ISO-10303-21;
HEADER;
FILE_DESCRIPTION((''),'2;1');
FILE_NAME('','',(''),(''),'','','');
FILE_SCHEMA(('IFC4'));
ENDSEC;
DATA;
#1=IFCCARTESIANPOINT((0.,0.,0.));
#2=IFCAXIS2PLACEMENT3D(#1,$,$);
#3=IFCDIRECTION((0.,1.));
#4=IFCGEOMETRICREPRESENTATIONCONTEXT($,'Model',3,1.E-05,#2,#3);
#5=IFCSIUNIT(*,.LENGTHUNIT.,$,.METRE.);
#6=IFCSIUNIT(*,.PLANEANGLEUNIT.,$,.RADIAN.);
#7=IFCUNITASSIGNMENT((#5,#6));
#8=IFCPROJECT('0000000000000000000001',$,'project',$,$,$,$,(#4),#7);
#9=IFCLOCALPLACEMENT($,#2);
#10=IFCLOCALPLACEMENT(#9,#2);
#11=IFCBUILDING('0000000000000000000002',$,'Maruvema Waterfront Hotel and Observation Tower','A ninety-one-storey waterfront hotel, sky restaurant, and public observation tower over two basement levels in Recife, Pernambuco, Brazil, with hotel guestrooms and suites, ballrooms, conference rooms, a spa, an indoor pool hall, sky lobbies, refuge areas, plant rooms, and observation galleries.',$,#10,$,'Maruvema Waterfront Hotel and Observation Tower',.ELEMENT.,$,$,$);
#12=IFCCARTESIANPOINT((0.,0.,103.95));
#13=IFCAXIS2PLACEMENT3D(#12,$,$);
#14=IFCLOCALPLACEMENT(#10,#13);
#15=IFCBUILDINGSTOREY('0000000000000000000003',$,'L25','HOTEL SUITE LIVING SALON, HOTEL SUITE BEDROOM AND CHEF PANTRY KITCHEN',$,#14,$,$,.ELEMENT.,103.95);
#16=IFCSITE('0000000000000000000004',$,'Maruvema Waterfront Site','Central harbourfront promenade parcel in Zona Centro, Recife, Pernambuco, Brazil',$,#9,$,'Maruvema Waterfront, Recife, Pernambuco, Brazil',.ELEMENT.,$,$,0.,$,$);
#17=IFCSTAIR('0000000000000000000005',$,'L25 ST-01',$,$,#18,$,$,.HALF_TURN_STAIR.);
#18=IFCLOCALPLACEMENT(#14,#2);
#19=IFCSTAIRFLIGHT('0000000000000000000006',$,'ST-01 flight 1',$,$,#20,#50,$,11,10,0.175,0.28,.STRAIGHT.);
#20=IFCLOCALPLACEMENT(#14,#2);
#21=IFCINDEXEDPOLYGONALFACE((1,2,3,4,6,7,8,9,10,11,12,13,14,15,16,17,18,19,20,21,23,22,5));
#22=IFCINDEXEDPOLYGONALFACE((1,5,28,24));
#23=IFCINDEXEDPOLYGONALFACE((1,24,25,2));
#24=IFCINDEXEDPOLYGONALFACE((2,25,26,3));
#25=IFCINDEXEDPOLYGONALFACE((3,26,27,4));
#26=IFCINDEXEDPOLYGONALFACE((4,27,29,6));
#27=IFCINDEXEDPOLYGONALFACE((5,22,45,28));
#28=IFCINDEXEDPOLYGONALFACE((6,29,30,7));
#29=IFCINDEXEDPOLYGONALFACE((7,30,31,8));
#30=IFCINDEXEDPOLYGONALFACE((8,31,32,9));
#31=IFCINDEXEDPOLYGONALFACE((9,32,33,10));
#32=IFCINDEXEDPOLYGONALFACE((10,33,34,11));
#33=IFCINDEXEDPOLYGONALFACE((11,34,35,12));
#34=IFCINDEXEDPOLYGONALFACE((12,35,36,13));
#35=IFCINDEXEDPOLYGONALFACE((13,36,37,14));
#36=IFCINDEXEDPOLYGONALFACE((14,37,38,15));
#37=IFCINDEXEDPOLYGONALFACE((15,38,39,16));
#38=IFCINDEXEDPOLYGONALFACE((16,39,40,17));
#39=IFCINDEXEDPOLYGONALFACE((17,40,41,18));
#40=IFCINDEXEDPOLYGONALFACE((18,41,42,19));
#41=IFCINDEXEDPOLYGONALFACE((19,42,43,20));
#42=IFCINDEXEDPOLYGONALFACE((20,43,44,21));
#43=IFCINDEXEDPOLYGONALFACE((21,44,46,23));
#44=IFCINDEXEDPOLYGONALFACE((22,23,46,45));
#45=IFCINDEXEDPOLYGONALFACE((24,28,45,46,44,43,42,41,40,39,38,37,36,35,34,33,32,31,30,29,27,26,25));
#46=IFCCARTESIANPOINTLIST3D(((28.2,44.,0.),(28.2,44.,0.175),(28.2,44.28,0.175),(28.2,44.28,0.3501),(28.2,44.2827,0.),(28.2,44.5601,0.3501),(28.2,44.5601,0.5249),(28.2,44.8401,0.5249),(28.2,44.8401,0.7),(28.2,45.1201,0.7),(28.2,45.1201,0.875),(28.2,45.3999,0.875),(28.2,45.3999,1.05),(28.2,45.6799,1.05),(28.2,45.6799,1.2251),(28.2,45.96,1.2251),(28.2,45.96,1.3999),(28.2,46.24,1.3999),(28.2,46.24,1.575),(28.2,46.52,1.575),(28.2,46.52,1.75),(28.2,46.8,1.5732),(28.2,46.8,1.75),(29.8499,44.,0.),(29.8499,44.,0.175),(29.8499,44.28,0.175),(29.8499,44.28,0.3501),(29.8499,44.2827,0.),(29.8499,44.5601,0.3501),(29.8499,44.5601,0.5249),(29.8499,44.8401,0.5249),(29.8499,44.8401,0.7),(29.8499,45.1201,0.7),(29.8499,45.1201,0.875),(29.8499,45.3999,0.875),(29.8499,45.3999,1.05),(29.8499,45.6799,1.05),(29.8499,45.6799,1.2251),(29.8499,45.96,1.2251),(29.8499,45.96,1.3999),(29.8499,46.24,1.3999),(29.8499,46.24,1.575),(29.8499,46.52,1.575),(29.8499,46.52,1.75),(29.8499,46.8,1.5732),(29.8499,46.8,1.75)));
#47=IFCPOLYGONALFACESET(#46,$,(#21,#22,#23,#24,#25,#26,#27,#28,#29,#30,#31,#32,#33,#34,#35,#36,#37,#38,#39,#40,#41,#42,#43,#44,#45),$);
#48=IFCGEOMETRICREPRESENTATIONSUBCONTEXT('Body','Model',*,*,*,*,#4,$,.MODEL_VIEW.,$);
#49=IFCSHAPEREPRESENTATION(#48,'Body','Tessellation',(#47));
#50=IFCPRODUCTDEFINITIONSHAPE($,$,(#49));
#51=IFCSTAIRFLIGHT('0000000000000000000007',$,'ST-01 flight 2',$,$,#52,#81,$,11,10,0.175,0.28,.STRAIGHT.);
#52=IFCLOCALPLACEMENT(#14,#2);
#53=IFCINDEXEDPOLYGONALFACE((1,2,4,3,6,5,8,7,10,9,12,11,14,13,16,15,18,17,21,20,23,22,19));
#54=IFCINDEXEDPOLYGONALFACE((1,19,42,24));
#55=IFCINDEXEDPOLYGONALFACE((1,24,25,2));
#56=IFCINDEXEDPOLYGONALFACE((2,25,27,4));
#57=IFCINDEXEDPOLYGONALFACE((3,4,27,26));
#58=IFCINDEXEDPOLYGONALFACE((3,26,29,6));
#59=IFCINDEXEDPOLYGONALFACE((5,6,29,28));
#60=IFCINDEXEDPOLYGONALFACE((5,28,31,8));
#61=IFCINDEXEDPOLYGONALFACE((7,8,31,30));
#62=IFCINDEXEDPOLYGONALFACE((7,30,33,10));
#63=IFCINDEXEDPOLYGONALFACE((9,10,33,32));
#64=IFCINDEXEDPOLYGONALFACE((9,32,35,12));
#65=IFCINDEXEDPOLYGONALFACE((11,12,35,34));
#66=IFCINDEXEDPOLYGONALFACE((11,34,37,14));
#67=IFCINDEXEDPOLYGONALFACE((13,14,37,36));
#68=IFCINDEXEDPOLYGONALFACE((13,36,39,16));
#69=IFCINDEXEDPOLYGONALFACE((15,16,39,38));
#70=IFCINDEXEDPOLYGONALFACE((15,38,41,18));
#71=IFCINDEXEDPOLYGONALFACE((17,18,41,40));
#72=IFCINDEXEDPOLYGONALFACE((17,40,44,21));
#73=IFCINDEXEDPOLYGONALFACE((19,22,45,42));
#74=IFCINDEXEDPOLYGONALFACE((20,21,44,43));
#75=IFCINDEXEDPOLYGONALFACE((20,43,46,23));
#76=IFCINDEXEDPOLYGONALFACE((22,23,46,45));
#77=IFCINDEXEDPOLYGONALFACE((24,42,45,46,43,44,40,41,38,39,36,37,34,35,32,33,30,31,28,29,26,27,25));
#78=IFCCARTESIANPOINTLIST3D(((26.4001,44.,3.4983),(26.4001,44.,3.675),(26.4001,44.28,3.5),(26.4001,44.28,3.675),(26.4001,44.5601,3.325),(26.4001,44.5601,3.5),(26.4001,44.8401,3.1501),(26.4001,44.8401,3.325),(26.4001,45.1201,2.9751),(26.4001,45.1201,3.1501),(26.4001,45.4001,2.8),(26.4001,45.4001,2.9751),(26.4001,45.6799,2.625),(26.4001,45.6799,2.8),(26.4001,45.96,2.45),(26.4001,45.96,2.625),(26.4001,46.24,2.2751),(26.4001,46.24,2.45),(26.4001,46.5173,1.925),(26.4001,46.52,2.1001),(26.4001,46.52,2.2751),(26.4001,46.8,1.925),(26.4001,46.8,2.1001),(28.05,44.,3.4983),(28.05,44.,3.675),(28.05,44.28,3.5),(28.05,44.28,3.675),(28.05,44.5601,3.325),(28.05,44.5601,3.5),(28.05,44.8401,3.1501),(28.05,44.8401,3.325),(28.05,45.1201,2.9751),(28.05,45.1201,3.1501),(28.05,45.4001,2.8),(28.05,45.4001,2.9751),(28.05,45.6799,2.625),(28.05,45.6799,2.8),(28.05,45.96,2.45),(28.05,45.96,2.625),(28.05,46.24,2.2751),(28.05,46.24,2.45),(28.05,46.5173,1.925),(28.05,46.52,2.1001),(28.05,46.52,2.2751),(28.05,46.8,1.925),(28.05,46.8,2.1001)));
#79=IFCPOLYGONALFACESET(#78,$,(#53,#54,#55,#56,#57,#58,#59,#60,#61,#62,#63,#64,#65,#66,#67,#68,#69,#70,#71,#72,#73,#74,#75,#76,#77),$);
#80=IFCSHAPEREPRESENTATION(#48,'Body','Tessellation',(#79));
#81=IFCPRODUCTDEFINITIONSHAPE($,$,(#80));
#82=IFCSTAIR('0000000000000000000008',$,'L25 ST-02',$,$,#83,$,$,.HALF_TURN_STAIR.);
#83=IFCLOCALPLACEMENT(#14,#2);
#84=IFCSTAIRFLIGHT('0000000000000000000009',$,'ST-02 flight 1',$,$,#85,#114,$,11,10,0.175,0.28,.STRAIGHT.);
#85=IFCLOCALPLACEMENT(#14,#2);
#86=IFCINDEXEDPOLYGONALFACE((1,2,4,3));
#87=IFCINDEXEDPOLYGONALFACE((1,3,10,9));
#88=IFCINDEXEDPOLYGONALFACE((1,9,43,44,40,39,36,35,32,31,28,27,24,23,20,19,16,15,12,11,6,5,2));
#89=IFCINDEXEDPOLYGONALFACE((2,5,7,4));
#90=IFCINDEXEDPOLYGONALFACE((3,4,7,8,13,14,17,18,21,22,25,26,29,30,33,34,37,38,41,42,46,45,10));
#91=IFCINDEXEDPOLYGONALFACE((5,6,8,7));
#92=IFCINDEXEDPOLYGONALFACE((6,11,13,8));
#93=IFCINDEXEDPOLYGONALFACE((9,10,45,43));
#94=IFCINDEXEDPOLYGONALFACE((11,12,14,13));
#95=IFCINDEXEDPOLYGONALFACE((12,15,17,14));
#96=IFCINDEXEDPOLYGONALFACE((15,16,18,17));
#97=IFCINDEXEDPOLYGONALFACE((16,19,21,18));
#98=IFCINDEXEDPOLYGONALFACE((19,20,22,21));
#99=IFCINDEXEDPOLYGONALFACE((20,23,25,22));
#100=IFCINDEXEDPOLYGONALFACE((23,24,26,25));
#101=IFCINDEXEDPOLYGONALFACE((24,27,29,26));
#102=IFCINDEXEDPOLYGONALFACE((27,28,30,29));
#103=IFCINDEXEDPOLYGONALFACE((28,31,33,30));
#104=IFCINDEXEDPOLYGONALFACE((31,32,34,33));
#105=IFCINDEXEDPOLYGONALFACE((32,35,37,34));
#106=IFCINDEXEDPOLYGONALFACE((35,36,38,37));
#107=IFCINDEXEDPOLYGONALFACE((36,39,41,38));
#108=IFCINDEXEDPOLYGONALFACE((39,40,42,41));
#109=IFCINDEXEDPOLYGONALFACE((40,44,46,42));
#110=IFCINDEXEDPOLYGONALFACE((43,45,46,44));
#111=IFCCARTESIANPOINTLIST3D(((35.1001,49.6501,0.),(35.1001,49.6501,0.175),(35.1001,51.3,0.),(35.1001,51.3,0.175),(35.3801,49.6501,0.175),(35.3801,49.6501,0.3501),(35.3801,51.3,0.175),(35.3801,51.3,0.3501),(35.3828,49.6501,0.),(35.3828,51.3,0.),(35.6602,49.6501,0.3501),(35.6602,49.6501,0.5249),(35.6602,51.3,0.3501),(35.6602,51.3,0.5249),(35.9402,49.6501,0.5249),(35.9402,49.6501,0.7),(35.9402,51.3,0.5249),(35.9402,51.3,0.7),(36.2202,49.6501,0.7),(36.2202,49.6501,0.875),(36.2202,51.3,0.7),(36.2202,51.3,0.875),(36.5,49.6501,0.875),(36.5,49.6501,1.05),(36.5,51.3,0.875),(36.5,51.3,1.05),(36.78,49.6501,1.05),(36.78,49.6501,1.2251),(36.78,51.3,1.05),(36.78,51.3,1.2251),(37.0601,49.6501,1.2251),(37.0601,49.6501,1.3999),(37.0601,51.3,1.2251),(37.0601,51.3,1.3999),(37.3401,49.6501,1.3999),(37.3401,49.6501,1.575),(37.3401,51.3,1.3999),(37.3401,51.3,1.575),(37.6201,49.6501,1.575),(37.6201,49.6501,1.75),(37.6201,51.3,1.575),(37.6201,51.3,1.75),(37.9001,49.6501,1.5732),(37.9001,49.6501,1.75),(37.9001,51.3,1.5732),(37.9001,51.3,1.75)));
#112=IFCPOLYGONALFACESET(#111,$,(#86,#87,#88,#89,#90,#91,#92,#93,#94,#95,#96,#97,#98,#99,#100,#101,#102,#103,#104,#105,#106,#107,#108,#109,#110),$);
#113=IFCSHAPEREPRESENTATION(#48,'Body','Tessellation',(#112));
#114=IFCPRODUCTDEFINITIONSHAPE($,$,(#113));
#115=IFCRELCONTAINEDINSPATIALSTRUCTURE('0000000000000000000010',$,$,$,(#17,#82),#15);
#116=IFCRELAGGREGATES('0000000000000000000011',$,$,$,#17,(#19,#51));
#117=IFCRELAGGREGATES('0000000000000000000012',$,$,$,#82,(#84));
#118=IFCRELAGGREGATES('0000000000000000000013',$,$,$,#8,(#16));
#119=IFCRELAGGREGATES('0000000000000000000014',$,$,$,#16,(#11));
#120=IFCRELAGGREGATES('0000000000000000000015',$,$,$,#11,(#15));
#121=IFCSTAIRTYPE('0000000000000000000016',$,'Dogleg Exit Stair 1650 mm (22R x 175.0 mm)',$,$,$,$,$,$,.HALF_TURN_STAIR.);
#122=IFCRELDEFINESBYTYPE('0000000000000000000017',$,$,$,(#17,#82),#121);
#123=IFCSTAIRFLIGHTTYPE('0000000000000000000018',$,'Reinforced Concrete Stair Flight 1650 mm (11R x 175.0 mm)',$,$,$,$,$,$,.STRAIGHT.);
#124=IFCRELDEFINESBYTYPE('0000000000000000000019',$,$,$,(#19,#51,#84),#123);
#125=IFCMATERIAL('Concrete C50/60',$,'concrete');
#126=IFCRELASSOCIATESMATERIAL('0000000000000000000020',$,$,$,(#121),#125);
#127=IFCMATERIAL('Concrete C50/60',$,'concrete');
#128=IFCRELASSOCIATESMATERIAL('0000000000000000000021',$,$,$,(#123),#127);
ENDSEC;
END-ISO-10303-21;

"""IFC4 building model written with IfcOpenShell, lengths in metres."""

from ifc_helpers import new_model, si_unit, direction, frame, origin, place, context, subcontext, project, spatial, polyline, outline, extrude, material, type_object, element, aggregate, save


model = new_model("IFC4")

# Units and contexts
model_context = context("Model", 3, precision=1e-05, world=origin(), true_north=direction((0.0, 1.0)))
body_context = subcontext(model_context, "Body", "Model", "MODEL_VIEW")
ifc_project = project(units=[si_unit("LENGTHUNIT", "METRE"), si_unit("PLANEANGLEUNIT", "RADIAN")], contexts=[model_context])

# Site, building, storey
site_placement = place(None, origin())
site = spatial("IfcSite", under=ifc_project, at=site_placement, Name="Maruvema Waterfront Site", Description="Central harbourfront promenade parcel in Zona Centro, Recife, Pernambuco, Brazil", LongName="Maruvema Waterfront, Recife, Pernambuco, Brazil", CompositionType="ELEMENT", RefElevation=0.0)
building_placement = place(site_placement, origin())
building = spatial("IfcBuilding", under=site, at=building_placement, Name="Maruvema Waterfront Hotel and Observation Tower", Description="A ninety-one-storey waterfront hotel, sky restaurant, and public observation tower over two basement levels in Recife, Pernambuco, Brazil, with hotel guestrooms and suites, ballrooms, conference rooms, a spa, an indoor pool hall, sky lobbies, refuge areas, plant rooms, and observation galleries.", LongName="Maruvema Waterfront Hotel and Observation Tower", CompositionType="ELEMENT")
storey_placement = place(building_placement, frame((0.0, 0.0, 103.95)))
storey = spatial("IfcBuildingStorey", under=building, at=storey_placement, Name="L25", Description="HOTEL SUITE LIVING SALON, HOTEL SUITE BEDROOM AND CHEF PANTRY KITCHEN", CompositionType="ELEMENT", Elevation=103.95)

# Stair, stair flights
ifc_material_1 = material(Name="Concrete C50/60", Category="concrete")
stair_type = type_object("IfcStairType", Name="Dogleg Exit Stair 1650 mm (22R x 175.0 mm)", PredefinedType="HALF_TURN_STAIR", material=ifc_material_1)
stair_1_placement = place(storey_placement, origin())
stair_1 = element("IfcStair", 1, at=stair_1_placement, inside=storey, type_object=stair_type, Name="L25 ST-01", PredefinedType="HALF_TURN_STAIR")
ifc_material_2 = material(Name="Concrete C50/60", Category="concrete")
stair_flight_type = type_object("IfcStairFlightType", Name="Reinforced Concrete Stair Flight 1650 mm (11R x 175.0 mm)", PredefinedType="STRAIGHT", material=ifc_material_2)
stair_flight_1_placement = place(storey_placement, frame((29.0249, 44.0, 0.0), z_axis=(0.0, 0.0, 1.0), x_axis=(0.0, 1.0, 0.0)))
stair_flight_1 = element("IfcStairFlight", 2, at=stair_flight_1_placement, type_object=stair_flight_type, Name="ST-01 flight 1", NumberOfRisers=11, NumberOfTreads=10, PredefinedType="STRAIGHT", RiserHeight=0.175, TreadLength=0.28, context=body_context, shape_type="SweptSolid", body=[
    extrude(outline(polyline([(0.0, 0.0), (0.0, 0.175), (0.28, 0.175), (0.28, 0.3501), (0.5601, 0.3501), (0.5601, 0.5249), (0.8401, 0.5249), (0.8401, 0.7), (1.1201, 0.7), (1.1201, 0.875), (1.3999, 0.875), (1.3999, 1.05), (1.6799, 1.05), (1.6799, 1.2251), (1.96, 1.2251), (1.96, 1.3999), (2.24, 1.3999), (2.24, 1.575), (2.52, 1.575), (2.52, 1.75), (2.8, 1.75), (2.8, 1.925), (2.8, 1.5732), (0.2827, 0.0), (0.0, 0.0)])), frame((0.0, 0.825, 0.0), z_axis=(0.0, -1.0, 0.0), x_axis=(1.0, 0.0, 0.0)), (0.0, 0.0, 1.0), 1.6499),
])
stair_flight_2_placement = place(storey_placement, frame((27.2251, 46.8, 1.925), z_axis=(0.0, 0.0, 1.0), x_axis=(0.0, -1.0, 0.0)))
stair_flight_2 = element("IfcStairFlight", 3, at=stair_flight_2_placement, type_object=stair_flight_type, Name="ST-01 flight 2", NumberOfRisers=11, NumberOfTreads=10, PredefinedType="STRAIGHT", RiserHeight=0.175, TreadLength=0.28, context=body_context, shape_type="SweptSolid", body=[
    extrude(outline(polyline([(0.0, 0.0), (0.0, 0.175), (0.28, 0.175), (0.28, 0.3501), (0.5601, 0.3501), (0.5601, 0.5249), (0.8401, 0.5249), (0.8401, 0.7), (1.1201, 0.7), (1.1201, 0.875), (1.3999, 0.875), (1.3999, 1.05), (1.6799, 1.05), (1.6799, 1.2251), (1.96, 1.2251), (1.96, 1.3999), (2.24, 1.3999), (2.24, 1.575), (2.52, 1.575), (2.52, 1.75), (2.8, 1.75), (2.8, 1.925), (2.8, 1.5732), (0.2827, 0.0), (0.0, 0.0)])), frame((0.0, 0.825, 0.0), z_axis=(0.0, -1.0, 0.0), x_axis=(1.0, 0.0, 0.0)), (0.0, 0.0, 1.0), 1.6499),
])
aggregate(stair_1, [stair_flight_1, stair_flight_2])

# Stair, stair flight
stair_2_placement = place(storey_placement, origin())
stair_2 = element("IfcStair", 4, at=stair_2_placement, inside=storey, type_object=stair_type, Name="L25 ST-02", PredefinedType="HALF_TURN_STAIR")
stair_flight_3_placement = place(storey_placement, frame((35.1001, 50.4751, 0.0), z_axis=(0.0, 0.0, 1.0), x_axis=(1.0, 0.0, 0.0)))
stair_flight_3 = element("IfcStairFlight", 5, at=stair_flight_3_placement, type_object=stair_flight_type, Name="ST-02 flight 1", NumberOfRisers=11, NumberOfTreads=10, PredefinedType="STRAIGHT", RiserHeight=0.175, TreadLength=0.28, context=body_context, shape_type="SweptSolid", body=[
    extrude(outline(polyline([(0.0, 0.0), (0.0, 0.175), (0.28, 0.175), (0.28, 0.3501), (0.5601, 0.3501), (0.5601, 0.5249), (0.8401, 0.5249), (0.8401, 0.7), (1.1201, 0.7), (1.1201, 0.875), (1.3999, 0.875), (1.3999, 1.05), (1.6799, 1.05), (1.6799, 1.2251), (1.96, 1.2251), (1.96, 1.3999), (2.24, 1.3999), (2.24, 1.575), (2.52, 1.575), (2.52, 1.75), (2.8, 1.75), (2.8, 1.925), (2.8, 1.5732), (0.2827, 0.0), (0.0, 0.0)])), frame((0.0, 0.825, 0.0), z_axis=(0.0, -1.0, 0.0), x_axis=(1.0, 0.0, 0.0)), (0.0, 0.0, 1.0), 1.6499),
])
aggregate(stair_2, [stair_flight_3])

save(model, "model.ifc")
